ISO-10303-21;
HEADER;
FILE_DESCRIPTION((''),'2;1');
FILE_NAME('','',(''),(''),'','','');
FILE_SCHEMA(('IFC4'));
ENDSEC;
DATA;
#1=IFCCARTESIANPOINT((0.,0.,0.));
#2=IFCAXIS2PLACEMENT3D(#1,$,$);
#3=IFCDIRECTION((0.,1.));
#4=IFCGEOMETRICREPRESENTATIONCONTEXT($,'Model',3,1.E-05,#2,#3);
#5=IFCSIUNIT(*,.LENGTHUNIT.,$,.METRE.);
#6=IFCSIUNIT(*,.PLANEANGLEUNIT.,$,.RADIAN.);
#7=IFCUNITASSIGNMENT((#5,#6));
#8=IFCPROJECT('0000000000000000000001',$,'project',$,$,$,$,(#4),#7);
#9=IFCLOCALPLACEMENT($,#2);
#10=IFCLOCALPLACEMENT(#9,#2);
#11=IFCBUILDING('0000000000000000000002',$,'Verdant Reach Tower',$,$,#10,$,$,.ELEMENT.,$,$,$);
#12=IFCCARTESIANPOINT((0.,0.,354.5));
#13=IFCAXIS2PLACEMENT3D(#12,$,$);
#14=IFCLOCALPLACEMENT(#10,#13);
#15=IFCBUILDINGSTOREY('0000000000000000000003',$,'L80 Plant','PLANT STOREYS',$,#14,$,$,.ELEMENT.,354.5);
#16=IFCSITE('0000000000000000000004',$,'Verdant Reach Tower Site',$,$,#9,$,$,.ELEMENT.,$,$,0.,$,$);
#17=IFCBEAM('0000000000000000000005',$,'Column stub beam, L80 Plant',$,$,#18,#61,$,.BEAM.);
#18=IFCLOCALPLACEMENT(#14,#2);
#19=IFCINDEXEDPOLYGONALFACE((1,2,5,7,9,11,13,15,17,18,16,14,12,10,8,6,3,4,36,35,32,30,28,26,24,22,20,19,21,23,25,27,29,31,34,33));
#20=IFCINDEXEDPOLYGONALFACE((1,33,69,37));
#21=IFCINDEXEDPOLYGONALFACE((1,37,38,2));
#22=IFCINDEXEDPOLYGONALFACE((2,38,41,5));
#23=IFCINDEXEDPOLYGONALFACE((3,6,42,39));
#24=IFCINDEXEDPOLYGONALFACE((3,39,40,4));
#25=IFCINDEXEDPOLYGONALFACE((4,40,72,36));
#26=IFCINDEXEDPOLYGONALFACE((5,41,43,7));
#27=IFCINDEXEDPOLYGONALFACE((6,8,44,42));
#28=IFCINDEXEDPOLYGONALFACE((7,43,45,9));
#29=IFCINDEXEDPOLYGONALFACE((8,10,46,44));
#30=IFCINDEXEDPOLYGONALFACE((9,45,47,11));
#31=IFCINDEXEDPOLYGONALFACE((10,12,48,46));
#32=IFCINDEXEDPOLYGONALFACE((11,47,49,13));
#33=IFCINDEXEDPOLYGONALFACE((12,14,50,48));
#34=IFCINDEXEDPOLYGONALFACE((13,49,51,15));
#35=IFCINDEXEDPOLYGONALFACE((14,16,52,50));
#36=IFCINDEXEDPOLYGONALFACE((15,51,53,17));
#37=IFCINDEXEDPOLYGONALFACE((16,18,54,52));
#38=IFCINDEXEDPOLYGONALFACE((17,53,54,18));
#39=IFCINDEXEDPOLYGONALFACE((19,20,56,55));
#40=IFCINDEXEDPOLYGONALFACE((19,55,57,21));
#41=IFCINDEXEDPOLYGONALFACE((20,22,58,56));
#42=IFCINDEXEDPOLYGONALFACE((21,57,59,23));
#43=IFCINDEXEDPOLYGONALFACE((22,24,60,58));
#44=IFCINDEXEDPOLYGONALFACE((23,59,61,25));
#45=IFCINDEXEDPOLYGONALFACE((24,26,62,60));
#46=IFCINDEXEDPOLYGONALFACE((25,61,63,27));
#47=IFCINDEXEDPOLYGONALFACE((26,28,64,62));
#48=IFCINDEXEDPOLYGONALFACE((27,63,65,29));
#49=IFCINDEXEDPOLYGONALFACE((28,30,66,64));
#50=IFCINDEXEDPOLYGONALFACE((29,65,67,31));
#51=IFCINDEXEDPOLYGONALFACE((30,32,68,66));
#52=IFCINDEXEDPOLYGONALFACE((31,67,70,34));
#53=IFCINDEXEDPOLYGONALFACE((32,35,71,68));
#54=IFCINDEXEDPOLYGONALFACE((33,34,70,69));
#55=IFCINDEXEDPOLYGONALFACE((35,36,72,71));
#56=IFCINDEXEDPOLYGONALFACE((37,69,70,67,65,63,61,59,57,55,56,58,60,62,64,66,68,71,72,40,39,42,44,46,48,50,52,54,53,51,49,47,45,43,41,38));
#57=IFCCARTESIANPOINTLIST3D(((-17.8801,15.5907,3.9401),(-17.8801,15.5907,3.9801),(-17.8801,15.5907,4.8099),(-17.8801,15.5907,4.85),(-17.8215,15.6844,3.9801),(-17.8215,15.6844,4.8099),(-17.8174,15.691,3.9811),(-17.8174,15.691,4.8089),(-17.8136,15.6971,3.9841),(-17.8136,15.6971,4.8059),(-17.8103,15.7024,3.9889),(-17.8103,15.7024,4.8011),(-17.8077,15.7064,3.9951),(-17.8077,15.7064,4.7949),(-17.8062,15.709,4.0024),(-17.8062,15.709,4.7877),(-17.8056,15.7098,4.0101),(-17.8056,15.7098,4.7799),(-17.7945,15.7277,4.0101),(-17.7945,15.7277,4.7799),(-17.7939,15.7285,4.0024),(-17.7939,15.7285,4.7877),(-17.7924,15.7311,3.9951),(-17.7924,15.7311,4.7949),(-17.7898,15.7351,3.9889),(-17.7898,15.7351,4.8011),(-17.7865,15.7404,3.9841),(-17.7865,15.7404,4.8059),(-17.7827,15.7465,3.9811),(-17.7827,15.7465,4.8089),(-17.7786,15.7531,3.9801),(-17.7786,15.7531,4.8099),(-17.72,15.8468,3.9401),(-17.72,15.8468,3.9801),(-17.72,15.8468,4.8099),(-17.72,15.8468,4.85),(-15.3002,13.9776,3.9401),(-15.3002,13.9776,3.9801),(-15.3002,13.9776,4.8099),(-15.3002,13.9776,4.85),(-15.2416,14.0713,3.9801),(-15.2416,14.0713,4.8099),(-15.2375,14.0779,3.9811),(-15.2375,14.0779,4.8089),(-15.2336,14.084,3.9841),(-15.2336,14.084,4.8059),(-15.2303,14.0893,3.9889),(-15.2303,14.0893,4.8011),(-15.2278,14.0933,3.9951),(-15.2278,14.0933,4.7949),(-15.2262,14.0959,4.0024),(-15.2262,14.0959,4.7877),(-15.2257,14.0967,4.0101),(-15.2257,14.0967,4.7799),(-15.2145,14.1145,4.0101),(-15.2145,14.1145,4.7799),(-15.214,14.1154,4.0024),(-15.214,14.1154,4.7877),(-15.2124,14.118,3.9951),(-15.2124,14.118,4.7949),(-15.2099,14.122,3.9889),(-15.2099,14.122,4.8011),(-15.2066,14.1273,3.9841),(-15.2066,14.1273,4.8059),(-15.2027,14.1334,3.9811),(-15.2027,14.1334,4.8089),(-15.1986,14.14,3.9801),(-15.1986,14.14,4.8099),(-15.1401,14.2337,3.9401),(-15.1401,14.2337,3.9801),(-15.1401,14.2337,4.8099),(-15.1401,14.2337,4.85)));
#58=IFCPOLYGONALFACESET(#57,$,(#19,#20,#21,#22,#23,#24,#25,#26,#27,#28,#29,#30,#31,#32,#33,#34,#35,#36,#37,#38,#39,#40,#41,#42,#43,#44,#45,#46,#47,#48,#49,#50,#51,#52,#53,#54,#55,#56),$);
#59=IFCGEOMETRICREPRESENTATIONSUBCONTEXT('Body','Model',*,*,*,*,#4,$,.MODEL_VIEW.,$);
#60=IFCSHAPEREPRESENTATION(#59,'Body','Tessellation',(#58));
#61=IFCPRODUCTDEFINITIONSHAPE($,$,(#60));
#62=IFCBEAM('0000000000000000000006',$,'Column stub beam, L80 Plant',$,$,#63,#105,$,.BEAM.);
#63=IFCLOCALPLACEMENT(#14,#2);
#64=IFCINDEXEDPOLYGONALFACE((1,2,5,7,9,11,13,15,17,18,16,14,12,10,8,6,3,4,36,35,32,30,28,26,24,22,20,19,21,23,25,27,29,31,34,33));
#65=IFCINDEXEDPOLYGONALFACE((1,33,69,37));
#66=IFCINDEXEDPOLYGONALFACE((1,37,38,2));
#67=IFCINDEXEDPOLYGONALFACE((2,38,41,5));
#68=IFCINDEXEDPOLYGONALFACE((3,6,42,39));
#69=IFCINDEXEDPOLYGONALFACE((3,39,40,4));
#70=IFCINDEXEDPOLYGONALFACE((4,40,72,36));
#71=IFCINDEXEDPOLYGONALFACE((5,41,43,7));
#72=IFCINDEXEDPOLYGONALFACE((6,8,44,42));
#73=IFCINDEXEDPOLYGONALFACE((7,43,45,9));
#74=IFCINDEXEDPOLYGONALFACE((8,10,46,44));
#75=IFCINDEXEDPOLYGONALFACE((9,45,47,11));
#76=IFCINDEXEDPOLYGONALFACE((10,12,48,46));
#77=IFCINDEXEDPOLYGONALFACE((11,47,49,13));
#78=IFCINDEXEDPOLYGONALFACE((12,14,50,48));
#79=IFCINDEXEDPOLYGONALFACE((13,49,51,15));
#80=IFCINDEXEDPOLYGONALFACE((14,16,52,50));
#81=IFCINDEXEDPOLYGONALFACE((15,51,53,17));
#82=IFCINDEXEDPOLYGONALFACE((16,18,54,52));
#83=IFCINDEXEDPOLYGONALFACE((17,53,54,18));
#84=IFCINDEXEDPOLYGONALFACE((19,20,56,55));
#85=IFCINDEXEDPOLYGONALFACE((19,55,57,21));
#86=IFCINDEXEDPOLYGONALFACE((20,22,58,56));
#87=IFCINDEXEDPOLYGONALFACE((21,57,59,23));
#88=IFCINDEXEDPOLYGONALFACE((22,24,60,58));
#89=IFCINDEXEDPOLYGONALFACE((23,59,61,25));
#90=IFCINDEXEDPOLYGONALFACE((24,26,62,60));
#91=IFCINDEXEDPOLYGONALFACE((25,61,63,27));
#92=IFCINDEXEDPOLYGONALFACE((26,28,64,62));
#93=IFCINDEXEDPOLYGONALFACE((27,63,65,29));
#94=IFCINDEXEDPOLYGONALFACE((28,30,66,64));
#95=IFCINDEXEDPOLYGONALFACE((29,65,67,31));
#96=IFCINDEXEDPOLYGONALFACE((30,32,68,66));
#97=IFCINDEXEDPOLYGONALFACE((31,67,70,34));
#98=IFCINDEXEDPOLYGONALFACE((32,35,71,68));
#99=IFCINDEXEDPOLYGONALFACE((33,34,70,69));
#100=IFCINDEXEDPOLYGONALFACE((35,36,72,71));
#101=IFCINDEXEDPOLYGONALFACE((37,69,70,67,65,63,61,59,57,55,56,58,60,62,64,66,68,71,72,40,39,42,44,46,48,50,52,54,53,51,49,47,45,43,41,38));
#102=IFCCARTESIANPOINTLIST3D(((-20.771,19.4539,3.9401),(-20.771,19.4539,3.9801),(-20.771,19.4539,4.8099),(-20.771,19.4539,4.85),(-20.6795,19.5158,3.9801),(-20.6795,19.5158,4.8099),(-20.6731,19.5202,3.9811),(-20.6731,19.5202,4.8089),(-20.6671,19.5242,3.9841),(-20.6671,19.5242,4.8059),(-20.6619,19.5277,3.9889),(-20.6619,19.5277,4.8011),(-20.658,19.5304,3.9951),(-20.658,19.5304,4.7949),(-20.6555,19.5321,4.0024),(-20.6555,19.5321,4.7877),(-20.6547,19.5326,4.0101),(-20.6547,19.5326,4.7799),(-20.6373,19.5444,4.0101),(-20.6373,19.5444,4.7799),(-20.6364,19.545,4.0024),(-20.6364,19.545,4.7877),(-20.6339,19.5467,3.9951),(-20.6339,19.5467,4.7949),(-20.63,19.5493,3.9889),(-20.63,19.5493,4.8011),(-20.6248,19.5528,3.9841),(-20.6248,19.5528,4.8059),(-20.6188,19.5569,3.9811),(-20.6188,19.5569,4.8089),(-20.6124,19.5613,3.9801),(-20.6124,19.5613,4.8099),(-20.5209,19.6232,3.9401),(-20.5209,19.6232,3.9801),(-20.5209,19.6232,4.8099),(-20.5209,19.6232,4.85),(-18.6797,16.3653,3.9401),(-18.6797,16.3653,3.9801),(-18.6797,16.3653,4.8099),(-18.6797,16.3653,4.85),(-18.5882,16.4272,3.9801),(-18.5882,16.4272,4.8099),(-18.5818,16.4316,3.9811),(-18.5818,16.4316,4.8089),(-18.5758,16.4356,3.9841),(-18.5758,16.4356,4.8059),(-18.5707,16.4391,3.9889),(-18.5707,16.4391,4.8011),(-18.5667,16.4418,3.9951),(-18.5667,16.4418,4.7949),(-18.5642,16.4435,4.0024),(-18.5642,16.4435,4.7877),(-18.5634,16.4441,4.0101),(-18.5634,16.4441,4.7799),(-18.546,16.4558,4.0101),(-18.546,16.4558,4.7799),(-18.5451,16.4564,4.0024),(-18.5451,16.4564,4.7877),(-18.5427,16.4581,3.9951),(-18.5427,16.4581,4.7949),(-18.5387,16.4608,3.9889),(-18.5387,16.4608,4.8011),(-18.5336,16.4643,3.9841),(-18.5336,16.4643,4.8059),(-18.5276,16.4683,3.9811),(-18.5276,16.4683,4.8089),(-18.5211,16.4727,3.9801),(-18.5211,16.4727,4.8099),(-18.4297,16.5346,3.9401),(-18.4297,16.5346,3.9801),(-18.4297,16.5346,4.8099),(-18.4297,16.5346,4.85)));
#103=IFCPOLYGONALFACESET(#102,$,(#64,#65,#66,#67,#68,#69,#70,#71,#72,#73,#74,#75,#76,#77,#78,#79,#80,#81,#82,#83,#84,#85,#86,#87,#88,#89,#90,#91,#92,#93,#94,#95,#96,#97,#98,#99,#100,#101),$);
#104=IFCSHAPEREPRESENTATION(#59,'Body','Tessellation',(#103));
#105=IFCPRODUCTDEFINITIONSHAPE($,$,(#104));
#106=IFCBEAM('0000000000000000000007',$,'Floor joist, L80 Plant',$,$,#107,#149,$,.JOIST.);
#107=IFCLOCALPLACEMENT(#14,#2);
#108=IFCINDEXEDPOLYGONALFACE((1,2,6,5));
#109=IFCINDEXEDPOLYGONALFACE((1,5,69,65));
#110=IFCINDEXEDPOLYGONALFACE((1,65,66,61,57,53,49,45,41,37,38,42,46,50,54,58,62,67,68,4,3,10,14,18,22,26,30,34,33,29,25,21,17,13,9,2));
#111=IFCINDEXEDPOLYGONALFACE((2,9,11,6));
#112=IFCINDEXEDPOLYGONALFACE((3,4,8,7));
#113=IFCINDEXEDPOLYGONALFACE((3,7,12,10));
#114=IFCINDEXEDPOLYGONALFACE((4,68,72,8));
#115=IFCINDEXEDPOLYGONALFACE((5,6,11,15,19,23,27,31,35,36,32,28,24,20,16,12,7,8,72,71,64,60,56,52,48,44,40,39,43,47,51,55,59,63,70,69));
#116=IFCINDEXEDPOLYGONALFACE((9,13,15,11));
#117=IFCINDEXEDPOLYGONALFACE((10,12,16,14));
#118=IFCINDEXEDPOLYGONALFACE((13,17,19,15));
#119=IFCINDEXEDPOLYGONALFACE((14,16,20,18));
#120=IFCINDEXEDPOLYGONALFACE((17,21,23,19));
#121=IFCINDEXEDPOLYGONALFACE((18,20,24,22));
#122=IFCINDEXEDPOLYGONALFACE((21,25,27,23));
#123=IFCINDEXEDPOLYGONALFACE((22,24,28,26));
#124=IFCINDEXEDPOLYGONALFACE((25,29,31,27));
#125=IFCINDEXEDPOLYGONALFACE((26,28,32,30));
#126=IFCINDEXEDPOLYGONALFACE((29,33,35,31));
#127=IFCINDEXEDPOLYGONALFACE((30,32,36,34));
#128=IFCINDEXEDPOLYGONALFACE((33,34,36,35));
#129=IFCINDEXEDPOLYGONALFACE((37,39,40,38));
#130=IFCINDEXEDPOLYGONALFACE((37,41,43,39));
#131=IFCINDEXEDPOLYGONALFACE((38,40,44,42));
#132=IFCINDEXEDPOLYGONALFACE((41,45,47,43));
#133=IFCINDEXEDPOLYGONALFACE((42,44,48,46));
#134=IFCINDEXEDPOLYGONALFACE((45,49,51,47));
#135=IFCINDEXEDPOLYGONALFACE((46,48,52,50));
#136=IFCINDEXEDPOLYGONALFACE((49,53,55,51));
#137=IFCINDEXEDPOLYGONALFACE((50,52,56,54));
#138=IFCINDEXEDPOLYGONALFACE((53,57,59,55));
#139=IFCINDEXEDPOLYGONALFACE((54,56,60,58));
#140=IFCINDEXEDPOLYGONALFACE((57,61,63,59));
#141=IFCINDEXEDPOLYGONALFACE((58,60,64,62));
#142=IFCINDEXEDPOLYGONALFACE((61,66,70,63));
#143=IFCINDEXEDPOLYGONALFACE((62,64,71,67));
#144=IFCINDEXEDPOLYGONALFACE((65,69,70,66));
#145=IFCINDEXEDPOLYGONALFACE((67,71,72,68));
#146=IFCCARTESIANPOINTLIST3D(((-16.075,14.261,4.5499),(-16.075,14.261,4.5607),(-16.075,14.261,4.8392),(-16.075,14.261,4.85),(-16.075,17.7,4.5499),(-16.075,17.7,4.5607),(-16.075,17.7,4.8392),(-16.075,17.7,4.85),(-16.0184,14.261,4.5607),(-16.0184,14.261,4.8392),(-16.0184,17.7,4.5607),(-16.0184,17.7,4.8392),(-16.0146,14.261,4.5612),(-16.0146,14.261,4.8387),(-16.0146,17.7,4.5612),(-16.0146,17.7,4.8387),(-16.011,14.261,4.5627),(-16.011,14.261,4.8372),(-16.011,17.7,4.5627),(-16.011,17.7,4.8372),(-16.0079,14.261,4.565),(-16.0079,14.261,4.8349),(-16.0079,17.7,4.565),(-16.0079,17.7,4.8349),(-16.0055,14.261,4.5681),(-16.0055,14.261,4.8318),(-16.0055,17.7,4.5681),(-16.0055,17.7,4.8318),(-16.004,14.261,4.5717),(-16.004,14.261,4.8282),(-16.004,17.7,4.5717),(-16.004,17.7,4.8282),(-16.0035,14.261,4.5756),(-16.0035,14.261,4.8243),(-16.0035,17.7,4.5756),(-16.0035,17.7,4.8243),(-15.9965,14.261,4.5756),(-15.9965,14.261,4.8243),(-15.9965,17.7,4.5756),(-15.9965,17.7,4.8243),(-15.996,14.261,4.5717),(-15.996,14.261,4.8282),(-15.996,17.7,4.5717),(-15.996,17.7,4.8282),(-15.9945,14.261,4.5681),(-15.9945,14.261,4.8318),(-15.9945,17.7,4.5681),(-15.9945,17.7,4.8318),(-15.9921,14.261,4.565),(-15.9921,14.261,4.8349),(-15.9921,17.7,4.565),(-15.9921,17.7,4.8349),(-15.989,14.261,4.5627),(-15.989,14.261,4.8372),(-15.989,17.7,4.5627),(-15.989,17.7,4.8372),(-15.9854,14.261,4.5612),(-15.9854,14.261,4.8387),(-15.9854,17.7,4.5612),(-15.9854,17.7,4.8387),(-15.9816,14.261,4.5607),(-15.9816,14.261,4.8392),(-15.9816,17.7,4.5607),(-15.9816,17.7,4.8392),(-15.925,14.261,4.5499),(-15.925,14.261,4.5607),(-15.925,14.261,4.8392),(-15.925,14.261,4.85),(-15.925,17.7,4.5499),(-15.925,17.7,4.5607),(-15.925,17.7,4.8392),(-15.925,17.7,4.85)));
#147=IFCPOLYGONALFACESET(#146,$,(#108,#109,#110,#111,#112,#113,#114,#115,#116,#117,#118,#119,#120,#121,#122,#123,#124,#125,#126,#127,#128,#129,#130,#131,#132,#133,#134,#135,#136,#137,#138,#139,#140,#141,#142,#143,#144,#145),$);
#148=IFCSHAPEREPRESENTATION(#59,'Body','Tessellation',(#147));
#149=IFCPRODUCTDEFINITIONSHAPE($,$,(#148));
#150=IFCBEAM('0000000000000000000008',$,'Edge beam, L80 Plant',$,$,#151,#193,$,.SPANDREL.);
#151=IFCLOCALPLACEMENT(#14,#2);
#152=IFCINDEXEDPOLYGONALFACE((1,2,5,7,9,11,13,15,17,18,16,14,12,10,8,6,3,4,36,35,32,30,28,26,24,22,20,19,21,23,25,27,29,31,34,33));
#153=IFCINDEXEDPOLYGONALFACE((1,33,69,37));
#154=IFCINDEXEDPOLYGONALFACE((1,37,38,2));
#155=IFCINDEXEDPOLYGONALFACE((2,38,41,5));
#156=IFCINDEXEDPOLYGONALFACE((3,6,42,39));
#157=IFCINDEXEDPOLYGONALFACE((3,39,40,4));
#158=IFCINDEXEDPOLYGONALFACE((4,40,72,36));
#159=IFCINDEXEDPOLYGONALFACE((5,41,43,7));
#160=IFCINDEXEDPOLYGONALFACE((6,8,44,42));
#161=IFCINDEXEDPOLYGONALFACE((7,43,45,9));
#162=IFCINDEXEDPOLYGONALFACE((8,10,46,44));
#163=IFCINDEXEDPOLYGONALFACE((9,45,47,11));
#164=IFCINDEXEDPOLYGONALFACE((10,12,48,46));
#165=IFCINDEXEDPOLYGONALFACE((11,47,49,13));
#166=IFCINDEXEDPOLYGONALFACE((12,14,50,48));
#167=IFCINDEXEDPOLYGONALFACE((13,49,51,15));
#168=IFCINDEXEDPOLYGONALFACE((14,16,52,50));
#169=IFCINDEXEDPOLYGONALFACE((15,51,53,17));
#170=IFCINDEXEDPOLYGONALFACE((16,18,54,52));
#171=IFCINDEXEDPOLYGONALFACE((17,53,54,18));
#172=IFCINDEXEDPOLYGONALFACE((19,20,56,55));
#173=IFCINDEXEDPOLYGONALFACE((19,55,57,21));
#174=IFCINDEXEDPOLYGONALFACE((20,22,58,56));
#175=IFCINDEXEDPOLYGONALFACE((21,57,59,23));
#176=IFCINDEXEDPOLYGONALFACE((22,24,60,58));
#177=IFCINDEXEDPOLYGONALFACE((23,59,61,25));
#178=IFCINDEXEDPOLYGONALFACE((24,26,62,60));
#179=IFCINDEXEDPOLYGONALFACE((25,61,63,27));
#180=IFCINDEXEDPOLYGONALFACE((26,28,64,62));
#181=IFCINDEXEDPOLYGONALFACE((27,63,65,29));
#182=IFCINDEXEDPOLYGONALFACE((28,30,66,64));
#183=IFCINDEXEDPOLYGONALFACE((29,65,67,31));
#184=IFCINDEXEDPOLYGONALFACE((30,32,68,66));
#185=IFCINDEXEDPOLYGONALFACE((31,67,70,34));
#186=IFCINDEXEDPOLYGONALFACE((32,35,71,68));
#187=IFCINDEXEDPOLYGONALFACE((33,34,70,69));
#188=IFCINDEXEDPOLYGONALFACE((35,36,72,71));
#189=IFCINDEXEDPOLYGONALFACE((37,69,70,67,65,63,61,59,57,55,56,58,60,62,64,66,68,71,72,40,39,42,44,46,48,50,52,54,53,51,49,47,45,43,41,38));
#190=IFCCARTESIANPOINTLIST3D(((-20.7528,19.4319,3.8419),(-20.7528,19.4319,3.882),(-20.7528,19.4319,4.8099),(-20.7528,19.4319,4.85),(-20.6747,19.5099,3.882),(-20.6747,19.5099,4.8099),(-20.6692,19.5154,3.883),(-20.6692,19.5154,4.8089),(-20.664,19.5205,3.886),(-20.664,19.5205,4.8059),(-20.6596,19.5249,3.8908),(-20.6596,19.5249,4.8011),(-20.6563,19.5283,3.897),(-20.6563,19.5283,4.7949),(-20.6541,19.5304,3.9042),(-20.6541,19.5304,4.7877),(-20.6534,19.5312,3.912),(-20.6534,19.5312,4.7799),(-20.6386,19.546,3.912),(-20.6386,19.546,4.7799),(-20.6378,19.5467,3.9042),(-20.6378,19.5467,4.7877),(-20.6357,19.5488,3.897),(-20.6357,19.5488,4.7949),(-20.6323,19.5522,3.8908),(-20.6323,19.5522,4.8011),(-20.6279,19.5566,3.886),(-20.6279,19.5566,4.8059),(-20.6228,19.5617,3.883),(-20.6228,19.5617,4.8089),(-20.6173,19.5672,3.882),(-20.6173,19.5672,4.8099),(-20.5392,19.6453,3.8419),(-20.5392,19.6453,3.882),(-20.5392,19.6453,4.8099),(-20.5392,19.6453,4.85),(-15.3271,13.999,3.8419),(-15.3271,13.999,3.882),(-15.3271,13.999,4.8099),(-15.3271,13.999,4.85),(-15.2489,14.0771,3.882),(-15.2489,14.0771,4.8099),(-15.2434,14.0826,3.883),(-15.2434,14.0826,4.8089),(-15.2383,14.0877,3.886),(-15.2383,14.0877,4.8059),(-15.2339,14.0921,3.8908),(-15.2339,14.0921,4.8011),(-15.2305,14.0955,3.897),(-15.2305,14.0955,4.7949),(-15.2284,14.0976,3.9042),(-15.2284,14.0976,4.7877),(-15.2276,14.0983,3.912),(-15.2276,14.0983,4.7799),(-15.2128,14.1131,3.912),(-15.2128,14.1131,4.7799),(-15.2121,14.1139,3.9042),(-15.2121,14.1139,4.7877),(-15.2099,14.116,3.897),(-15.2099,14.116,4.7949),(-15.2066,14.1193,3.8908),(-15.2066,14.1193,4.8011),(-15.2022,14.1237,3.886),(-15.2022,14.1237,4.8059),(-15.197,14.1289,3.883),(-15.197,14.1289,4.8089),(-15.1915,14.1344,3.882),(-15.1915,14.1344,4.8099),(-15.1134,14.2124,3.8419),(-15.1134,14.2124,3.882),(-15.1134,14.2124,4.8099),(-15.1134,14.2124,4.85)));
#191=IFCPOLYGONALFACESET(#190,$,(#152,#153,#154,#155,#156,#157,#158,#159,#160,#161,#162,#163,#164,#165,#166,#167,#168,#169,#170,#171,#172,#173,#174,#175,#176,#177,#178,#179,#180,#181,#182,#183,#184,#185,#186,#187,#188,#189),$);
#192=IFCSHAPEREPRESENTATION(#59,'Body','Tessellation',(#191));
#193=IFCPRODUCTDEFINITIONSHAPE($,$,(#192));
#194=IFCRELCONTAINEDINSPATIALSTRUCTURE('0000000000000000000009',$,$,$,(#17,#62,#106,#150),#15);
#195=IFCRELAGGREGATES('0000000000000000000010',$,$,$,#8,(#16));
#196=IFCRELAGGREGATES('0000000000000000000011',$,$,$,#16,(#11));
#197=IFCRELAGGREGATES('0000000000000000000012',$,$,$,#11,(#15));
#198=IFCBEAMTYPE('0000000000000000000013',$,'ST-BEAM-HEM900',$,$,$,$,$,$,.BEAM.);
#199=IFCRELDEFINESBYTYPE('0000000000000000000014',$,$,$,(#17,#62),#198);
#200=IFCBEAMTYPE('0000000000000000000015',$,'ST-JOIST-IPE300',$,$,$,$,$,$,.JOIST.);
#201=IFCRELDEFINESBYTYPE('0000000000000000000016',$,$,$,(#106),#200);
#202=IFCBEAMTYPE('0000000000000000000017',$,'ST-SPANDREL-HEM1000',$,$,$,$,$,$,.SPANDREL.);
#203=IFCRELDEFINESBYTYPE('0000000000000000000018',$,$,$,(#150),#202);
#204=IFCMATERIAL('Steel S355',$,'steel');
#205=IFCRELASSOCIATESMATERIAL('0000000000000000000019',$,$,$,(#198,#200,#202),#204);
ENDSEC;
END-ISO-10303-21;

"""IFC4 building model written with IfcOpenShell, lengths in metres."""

from ifc_helpers import new_model, si_unit, direction, frame, origin, origin_2d, place, context, subcontext, project, spatial, i_section, extrude, material, material_profile, profile_set, type_object, element, save


model = new_model("IFC4")

# Units and contexts
model_context = context("Model", 3, precision=1e-05, world=origin(), true_north=direction((0.0, 1.0)))
body_context = subcontext(model_context, "Body", "Model", "MODEL_VIEW")
ifc_project = project(units=[si_unit("LENGTHUNIT", "METRE"), si_unit("PLANEANGLEUNIT", "RADIAN")], contexts=[model_context])

# Site, building, storey
site_placement = place(None, origin())
site = spatial("IfcSite", under=ifc_project, at=site_placement, Name="Verdant Reach Tower Site", CompositionType="ELEMENT", RefElevation=0.0)
building_placement = place(site_placement, origin())
building = spatial("IfcBuilding", under=site, at=building_placement, Name="Verdant Reach Tower", CompositionType="ELEMENT")
storey_placement = place(building_placement, frame((0.0, 0.0, 354.5)))
storey = spatial("IfcBuildingStorey", under=building, at=storey_placement, Name="L80 Plant", Description="PLANT STOREYS", CompositionType="ELEMENT", Elevation=354.5)

# Beams
ifc_material_1 = material(Name="Steel S355", Category="steel")
ifc_material_profile_1 = material_profile(ifc_material_1, i_section(OverallWidth=0.302, OverallDepth=0.9099, WebThickness=0.021, FlangeThickness=0.04, FilletRadius=0.03, at=origin_2d()), Name="HEM 900")
ifc_profile_set_1 = profile_set([ifc_material_profile_1], Name="Steel S355")
beam_type_1 = type_object("IfcBeamType", Name="ST-BEAM-HEM900", PredefinedType="BEAM", material=ifc_profile_set_1)
beam_1_placement = place(storey_placement, frame((-17.8, 15.7188, 4.395), z_axis=(0.847904, -0.53015, 0.0), x_axis=(0.53015, 0.847904, 0.0)))
element("IfcBeam", 1, at=beam_1_placement, inside=storey, type_object=beam_type_1, Name="Column stub beam, L80 Plant", PredefinedType="BEAM", context=body_context, shape_type="SweptSolid", body=[
    extrude(i_section(OverallWidth=0.302, OverallDepth=0.9099, WebThickness=0.021, FlangeThickness=0.04, FilletRadius=0.03, at=origin_2d()), origin(), (0.0, 0.0, 1.0), 3.0427),
])
beam_2_placement = place(storey_placement, frame((-18.5547, 16.45, 4.395), z_axis=(-0.560667, 0.828041, 0.0), x_axis=(-0.828041, -0.560667, 0.0)))
element("IfcBeam", 2, at=beam_2_placement, inside=storey, type_object=beam_type_1, Name="Column stub beam, L80 Plant", PredefinedType="BEAM", context=body_context, shape_type="SweptSolid", body=[
    extrude(i_section(OverallWidth=0.302, OverallDepth=0.9099, WebThickness=0.021, FlangeThickness=0.04, FilletRadius=0.03, at=origin_2d()), origin(), (0.0, 0.0, 1.0), 3.73),
])
ifc_material_profile_2 = material_profile(ifc_material_1, i_section(OverallWidth=0.1499, OverallDepth=0.3, WebThickness=0.0071, FlangeThickness=0.0107, FilletRadius=0.0149, at=origin_2d()), Name="IPE 300")
ifc_profile_set_2 = profile_set([ifc_material_profile_2], Name="Steel S355")
beam_type_2 = type_object("IfcBeamType", Name="ST-JOIST-IPE300", PredefinedType="JOIST", material=ifc_profile_set_2)
beam_3_placement = place(storey_placement, frame((-16.0, 17.7, 4.7), z_axis=(0.0, -1.0, 0.0), x_axis=(1.0, 0.0, 0.0)))
element("IfcBeam", 3, at=beam_3_placement, inside=storey, type_object=beam_type_2, Name="Floor joist, L80 Plant", PredefinedType="JOIST", context=body_context, shape_type="SweptSolid", body=[
    extrude(i_section(OverallWidth=0.1499, OverallDepth=0.3, WebThickness=0.0071, FlangeThickness=0.0107, FilletRadius=0.0149, at=origin_2d()), origin(), (0.0, 0.0, 1.0), 3.439),
])
ifc_material_profile_3 = material_profile(ifc_material_1, i_section(OverallWidth=0.302, OverallDepth=1.0081, WebThickness=0.021, FlangeThickness=0.04, FilletRadius=0.03, at=origin_2d()), Name="HEM 1000")
ifc_profile_set_3 = profile_set([ifc_material_profile_3], Name="Steel S355")
beam_type_3 = type_object("IfcBeamType", Name="ST-SPANDREL-HEM1000", PredefinedType="SPANDREL", material=ifc_profile_set_3)
beam_4_placement = place(storey_placement, frame((-15.2202, 14.1057, 4.3459), z_axis=(-0.706646, 0.707568, 0.0), x_axis=(-0.707568, -0.706646, 0.0)))
element("IfcBeam", 4, at=beam_4_placement, inside=storey, type_object=beam_type_3, Name="Edge beam, L80 Plant", PredefinedType="SPANDREL", context=body_context, shape_type="SweptSolid", body=[
    extrude(i_section(OverallWidth=0.302, OverallDepth=1.0081, WebThickness=0.021, FlangeThickness=0.04, FilletRadius=0.03, at=origin_2d()), origin(), (0.0, 0.0, 1.0), 7.6782),
])

save(model, "model.ifc")
